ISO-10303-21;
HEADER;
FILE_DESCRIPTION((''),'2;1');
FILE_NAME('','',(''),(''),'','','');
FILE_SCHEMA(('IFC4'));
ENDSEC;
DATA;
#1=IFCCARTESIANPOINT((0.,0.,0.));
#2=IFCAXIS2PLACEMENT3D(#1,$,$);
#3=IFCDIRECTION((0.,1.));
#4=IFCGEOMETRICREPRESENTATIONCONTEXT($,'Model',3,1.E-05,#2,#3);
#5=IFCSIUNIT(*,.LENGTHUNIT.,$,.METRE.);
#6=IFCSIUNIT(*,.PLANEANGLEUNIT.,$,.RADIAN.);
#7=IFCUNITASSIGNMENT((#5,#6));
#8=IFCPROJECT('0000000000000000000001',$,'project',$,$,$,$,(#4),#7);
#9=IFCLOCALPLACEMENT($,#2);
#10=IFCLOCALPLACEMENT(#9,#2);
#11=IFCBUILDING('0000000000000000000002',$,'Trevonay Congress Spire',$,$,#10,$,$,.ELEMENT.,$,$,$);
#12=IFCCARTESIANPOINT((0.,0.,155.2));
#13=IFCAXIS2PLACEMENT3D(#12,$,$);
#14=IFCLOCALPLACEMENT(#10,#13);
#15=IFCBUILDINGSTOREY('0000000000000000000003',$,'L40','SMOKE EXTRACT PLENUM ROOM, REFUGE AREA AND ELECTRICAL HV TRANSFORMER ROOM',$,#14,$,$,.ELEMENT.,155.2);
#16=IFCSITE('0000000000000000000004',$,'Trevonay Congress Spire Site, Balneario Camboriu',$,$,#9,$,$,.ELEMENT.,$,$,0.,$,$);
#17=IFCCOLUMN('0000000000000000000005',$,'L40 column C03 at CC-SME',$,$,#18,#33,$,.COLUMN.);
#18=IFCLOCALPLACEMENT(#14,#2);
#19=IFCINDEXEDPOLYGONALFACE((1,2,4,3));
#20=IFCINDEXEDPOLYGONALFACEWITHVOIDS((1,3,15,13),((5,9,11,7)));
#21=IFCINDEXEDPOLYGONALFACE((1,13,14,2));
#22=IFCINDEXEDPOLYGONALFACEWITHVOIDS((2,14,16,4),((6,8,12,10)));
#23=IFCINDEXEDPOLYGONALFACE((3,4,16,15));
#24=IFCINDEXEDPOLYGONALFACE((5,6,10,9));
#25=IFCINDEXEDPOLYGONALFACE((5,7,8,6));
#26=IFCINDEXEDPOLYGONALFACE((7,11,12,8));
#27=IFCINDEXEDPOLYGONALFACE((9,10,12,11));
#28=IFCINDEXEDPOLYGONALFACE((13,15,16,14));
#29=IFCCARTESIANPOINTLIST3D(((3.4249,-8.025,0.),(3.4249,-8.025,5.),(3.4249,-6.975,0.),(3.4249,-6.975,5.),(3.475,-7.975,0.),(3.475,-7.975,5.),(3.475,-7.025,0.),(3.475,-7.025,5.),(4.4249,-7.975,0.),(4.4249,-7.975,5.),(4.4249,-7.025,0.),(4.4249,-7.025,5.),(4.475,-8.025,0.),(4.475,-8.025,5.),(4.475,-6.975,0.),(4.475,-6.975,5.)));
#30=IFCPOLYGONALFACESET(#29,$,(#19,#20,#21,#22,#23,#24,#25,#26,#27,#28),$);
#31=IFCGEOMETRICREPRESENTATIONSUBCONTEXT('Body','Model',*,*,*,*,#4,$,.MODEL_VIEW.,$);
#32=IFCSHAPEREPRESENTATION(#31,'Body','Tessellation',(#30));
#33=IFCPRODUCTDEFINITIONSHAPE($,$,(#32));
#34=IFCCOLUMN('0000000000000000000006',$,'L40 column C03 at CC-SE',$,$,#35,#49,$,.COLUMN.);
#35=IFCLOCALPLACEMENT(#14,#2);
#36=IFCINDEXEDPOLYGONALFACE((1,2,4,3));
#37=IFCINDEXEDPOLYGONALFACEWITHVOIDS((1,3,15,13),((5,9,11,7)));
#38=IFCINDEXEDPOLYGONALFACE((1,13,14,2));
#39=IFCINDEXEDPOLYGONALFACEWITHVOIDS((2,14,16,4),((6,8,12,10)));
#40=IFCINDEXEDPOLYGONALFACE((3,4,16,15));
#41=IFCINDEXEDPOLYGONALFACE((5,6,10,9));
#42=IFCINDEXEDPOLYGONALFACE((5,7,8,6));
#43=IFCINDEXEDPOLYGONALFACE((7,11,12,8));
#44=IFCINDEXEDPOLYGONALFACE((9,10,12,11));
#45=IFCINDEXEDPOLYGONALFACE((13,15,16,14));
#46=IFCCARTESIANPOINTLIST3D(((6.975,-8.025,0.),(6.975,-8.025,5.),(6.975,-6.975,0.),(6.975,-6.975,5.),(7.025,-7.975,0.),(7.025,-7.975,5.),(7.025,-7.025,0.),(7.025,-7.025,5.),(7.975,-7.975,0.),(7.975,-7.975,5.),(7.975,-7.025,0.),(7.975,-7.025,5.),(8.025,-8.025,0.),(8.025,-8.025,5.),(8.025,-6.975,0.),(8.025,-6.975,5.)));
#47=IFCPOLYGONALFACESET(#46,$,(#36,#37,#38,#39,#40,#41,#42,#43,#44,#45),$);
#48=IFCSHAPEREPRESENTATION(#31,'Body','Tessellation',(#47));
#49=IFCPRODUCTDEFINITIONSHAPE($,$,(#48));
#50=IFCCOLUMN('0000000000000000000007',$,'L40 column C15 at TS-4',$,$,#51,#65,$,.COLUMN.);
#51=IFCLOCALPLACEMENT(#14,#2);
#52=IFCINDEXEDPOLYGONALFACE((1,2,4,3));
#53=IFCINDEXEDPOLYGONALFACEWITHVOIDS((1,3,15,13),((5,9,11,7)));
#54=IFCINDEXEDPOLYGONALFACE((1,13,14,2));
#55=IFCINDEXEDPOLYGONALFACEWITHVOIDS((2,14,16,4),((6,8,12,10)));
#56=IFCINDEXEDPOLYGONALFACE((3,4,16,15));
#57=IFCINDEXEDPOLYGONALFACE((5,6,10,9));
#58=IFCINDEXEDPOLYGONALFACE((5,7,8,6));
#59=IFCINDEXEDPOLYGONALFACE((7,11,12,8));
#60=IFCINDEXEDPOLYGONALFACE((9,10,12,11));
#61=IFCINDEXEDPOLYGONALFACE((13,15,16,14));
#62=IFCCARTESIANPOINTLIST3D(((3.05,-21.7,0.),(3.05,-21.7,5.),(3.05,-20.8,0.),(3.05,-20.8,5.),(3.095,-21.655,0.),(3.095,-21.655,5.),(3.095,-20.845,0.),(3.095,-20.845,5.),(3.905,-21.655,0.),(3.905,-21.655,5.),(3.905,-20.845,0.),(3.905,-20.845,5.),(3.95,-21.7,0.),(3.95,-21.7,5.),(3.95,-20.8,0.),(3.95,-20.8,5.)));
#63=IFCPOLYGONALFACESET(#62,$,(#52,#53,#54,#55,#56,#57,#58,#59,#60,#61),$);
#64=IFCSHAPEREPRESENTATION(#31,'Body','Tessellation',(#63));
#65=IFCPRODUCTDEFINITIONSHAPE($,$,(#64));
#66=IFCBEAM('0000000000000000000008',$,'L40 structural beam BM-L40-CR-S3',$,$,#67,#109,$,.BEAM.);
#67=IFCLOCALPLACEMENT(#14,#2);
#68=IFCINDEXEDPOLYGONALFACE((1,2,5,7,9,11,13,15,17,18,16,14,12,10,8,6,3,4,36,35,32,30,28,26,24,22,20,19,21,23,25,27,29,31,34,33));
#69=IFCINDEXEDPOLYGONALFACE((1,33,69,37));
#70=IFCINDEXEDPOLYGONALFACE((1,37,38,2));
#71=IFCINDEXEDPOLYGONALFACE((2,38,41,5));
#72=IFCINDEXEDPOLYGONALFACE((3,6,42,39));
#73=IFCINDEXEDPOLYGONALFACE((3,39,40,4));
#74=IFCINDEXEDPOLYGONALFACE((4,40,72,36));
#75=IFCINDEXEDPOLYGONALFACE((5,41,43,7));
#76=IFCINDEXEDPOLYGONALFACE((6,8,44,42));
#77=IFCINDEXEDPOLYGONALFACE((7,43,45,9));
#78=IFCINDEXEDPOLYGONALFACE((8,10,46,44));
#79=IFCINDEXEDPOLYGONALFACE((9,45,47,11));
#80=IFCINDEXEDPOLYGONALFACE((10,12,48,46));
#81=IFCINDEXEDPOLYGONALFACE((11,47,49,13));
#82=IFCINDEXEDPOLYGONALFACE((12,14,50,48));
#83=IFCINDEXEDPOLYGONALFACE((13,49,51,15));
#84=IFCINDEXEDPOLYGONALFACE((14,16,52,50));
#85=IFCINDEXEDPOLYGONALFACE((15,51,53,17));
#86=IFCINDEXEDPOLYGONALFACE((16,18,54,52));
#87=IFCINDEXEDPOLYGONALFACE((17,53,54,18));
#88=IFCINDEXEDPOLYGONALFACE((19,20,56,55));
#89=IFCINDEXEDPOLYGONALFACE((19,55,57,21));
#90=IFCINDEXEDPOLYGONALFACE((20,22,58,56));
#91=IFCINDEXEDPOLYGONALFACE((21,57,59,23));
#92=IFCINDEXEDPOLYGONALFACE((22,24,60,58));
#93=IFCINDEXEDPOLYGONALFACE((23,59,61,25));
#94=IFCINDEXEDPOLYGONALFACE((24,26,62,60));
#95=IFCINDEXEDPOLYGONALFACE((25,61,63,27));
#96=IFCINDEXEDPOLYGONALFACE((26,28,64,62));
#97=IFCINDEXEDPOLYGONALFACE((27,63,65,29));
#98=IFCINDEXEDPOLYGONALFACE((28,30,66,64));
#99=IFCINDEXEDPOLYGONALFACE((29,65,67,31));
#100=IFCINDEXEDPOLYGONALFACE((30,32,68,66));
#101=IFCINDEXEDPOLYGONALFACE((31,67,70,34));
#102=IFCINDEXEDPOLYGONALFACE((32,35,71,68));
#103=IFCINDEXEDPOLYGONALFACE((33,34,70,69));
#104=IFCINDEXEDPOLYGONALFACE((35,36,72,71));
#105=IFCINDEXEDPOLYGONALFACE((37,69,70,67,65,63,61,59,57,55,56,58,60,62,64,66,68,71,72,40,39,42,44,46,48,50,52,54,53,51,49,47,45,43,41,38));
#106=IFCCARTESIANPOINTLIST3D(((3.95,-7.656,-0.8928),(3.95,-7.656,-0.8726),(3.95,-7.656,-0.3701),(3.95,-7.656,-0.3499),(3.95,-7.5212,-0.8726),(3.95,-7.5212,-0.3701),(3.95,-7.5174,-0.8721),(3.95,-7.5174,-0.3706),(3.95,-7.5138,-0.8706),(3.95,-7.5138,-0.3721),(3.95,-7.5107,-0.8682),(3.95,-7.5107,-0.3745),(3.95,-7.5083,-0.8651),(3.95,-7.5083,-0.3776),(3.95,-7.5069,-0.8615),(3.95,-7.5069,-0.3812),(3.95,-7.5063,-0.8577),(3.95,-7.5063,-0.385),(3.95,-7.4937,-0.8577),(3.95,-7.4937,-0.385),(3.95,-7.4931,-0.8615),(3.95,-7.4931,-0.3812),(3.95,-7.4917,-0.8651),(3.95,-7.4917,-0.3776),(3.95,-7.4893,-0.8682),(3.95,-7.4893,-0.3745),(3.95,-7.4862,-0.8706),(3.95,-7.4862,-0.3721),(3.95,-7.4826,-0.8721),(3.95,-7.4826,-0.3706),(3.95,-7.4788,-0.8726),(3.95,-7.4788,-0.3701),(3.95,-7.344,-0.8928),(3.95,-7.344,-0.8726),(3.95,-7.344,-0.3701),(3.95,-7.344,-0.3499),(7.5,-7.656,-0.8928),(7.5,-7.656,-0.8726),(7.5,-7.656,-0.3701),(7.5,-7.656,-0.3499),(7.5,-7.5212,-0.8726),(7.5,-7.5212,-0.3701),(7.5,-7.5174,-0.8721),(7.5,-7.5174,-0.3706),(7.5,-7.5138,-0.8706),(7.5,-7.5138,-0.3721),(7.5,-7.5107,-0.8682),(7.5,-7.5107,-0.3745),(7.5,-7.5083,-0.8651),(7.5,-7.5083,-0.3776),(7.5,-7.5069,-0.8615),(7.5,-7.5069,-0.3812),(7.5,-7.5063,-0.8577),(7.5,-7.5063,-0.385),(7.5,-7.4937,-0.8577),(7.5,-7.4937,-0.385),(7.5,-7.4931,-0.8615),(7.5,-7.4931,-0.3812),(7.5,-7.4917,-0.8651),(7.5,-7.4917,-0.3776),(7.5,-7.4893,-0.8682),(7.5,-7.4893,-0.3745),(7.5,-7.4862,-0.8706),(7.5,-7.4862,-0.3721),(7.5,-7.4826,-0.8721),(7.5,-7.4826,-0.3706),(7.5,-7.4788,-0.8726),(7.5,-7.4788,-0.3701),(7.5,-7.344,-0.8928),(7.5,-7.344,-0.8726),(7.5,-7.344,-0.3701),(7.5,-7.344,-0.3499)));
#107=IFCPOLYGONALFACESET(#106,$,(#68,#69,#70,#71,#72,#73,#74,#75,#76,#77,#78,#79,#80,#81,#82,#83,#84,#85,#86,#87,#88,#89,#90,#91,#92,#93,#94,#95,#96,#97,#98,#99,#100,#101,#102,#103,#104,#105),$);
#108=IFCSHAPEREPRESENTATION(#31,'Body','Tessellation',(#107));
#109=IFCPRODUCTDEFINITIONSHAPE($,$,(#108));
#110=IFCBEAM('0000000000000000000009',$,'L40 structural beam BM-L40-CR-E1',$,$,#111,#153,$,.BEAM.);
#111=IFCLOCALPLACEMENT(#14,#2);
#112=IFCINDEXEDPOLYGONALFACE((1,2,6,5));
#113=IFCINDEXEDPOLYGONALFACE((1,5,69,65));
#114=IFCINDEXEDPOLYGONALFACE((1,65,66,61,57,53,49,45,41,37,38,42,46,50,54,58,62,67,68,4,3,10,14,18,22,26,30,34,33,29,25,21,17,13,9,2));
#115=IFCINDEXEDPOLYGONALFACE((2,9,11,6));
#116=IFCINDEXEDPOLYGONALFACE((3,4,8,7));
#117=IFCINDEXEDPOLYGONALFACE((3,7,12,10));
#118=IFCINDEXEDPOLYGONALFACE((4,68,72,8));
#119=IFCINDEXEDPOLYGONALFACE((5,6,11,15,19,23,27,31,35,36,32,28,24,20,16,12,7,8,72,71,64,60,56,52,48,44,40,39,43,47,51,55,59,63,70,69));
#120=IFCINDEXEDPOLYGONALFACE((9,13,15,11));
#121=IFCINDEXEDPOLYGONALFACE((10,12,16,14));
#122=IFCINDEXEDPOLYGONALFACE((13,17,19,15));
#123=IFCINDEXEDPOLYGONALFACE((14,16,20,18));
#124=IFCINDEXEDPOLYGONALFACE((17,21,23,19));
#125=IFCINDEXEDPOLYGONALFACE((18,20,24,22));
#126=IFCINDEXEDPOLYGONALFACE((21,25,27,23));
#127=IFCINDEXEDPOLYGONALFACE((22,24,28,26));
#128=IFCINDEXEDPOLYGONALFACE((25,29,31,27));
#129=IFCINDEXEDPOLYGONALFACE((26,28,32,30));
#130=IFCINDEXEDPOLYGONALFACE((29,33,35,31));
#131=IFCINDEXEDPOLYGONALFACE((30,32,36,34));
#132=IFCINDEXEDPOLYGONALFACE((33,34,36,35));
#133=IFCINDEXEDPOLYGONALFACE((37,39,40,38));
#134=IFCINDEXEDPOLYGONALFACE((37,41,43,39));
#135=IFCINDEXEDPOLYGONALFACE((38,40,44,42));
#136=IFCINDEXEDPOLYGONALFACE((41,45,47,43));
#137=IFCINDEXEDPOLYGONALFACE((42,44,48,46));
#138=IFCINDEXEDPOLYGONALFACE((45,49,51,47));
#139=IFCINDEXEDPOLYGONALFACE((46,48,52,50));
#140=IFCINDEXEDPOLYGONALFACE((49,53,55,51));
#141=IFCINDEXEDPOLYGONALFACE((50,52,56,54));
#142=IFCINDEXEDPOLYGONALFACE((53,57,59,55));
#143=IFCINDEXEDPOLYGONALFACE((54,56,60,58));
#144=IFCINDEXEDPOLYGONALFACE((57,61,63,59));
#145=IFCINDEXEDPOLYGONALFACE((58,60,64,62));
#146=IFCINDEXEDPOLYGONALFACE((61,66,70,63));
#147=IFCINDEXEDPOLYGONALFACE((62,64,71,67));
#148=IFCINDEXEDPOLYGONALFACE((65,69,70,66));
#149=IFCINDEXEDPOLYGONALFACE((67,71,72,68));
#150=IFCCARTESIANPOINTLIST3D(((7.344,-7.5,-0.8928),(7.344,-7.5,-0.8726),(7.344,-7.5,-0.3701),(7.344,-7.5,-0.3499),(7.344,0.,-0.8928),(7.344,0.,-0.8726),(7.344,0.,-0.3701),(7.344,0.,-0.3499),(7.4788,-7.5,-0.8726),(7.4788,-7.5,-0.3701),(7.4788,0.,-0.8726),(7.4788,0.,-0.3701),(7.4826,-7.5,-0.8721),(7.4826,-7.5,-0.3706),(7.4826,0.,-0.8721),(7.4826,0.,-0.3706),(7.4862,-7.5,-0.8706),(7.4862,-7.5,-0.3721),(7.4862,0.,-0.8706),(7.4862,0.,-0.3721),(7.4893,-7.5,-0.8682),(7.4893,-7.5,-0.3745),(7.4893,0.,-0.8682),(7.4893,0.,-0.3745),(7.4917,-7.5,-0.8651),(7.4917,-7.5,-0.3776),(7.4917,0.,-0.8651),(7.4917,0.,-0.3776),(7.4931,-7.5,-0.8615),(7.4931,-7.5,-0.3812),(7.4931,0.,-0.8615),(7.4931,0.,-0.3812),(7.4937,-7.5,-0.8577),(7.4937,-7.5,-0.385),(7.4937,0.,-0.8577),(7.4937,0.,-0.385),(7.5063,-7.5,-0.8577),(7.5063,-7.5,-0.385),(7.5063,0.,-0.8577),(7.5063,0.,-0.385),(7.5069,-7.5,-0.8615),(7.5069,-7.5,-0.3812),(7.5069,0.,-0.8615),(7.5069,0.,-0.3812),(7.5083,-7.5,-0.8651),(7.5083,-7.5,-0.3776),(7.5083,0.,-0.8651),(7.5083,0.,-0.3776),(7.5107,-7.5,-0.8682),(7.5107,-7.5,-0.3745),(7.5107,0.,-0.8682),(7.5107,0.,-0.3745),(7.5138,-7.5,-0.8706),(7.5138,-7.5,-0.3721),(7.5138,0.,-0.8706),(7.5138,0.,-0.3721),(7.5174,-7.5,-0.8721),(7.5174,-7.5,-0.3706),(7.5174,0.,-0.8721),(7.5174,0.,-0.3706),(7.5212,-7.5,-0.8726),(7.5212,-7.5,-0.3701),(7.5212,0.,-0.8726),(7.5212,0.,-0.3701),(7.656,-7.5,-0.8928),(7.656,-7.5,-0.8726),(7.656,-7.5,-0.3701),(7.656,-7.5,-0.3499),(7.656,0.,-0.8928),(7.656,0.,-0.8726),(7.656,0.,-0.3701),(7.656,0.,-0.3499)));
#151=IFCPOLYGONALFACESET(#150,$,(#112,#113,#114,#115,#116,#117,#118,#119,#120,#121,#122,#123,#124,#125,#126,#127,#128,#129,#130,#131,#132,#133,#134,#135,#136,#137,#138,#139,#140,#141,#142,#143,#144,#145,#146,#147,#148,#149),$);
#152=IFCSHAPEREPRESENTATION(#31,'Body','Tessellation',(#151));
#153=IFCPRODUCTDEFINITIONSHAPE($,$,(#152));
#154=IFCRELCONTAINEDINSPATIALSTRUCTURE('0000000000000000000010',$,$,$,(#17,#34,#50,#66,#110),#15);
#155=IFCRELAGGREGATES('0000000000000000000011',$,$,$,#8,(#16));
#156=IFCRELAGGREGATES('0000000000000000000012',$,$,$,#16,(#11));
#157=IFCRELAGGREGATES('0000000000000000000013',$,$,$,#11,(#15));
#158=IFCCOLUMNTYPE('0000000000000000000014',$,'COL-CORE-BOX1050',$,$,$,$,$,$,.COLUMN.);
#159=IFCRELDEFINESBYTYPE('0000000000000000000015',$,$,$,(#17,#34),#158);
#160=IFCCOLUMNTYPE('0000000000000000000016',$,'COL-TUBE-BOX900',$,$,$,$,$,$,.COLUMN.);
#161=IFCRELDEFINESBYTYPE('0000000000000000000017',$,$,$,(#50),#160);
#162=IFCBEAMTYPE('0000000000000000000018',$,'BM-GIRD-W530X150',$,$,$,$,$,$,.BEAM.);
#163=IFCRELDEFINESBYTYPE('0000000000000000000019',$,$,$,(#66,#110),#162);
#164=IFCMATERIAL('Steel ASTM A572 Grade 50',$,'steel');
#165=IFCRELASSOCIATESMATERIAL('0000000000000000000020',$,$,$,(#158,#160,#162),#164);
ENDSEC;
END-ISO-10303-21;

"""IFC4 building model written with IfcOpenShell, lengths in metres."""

from ifc_helpers import new_model, si_unit, direction, frame, origin, origin_2d, place, context, subcontext, project, spatial, hollow_rectangle, i_section, extrude, material, material_profile, profile_set, type_object, element, save


model = new_model("IFC4")

# Units and contexts
model_context = context("Model", 3, precision=1e-05, world=origin(), true_north=direction((0.0, 1.0)))
body_context = subcontext(model_context, "Body", "Model", "MODEL_VIEW")
ifc_project = project(units=[si_unit("LENGTHUNIT", "METRE"), si_unit("PLANEANGLEUNIT", "RADIAN")], contexts=[model_context])

# Site, building, storey
site_placement = place(None, origin())
site = spatial("IfcSite", under=ifc_project, at=site_placement, Name="Trevonay Congress Spire Site, Balneario Camboriu", CompositionType="ELEMENT", RefElevation=0.0)
building_placement = place(site_placement, origin())
building = spatial("IfcBuilding", under=site, at=building_placement, Name="Trevonay Congress Spire", CompositionType="ELEMENT")
storey_placement = place(building_placement, frame((0.0, 0.0, 155.2)))
storey = spatial("IfcBuildingStorey", under=building, at=storey_placement, Name="L40", Description="SMOKE EXTRACT PLENUM ROOM, REFUGE AREA AND ELECTRICAL HV TRANSFORMER ROOM", CompositionType="ELEMENT", Elevation=155.2)

# Columns
ifc_material_1 = material(Name="Steel ASTM A572 Grade 50", Category="steel")
ifc_material_profile_1 = material_profile(ifc_material_1, hollow_rectangle(XDim=1.05, YDim=1.05, WallThickness=0.05, at=origin_2d()), Name="BOX 1050x1050x50")
ifc_profile_set_1 = profile_set([ifc_material_profile_1], Name="Steel ASTM A572 Grade 50")
column_type_1 = type_object("IfcColumnType", Name="COL-CORE-BOX1050", PredefinedType="COLUMN", material=ifc_profile_set_1)
for number, where, z_axis, x_axis, name in (
    (1, (3.95, -7.5, 0.0), (0.0, 0.0, 1.0), (1.0, 0.0, 0.0), "L40 column C03 at CC-SME"),
    (2, (7.5, -7.5, 0.0), (0.0, 0.0, 1.0), (1.0, 0.0, 0.0), "L40 column C03 at CC-SE"),
):
    element("IfcColumn", number, at=place(storey_placement, frame(where, z_axis=z_axis, x_axis=x_axis)), inside=storey, type_object=column_type_1, Name=name, PredefinedType="COLUMN", context=body_context, shape_type="SweptSolid", body=[
        extrude(hollow_rectangle(XDim=1.05, YDim=1.05, WallThickness=0.05, at=origin_2d()), origin(), (0.0, 0.0, 1.0), 5.0),
    ])
ifc_material_profile_2 = material_profile(ifc_material_1, hollow_rectangle(XDim=0.8999, YDim=0.8999, WallThickness=0.0449, at=origin_2d()), Name="BOX 900x900x45")
ifc_profile_set_2 = profile_set([ifc_material_profile_2], Name="Steel ASTM A572 Grade 50")
column_type_2 = type_object("IfcColumnType", Name="COL-TUBE-BOX900", PredefinedType="COLUMN", material=ifc_profile_set_2)
column_placement = place(storey_placement, frame((3.5, -21.25, 0.0), z_axis=(0.0, 0.0, 1.0), x_axis=(1.0, 0.0, 0.0)))
element("IfcColumn", 3, at=column_placement, inside=storey, type_object=column_type_2, Name="L40 column C15 at TS-4", PredefinedType="COLUMN", context=body_context, shape_type="SweptSolid", body=[
    extrude(hollow_rectangle(XDim=0.8999, YDim=0.8999, WallThickness=0.0449, at=origin_2d()), origin(), (0.0, 0.0, 1.0), 5.0),
])

# Beams
ifc_material_profile_3 = material_profile(ifc_material_1, i_section(OverallWidth=0.312, OverallDepth=0.543, WebThickness=0.0127, FlangeThickness=0.0203, FilletRadius=0.0149, at=origin_2d()), Name="W530x150")
ifc_profile_set_3 = profile_set([ifc_material_profile_3], Name="Steel ASTM A572 Grade 50")
beam_type_1 = type_object("IfcBeamType", Name="BM-GIRD-W530X150", PredefinedType="BEAM", material=ifc_profile_set_3)
beam_1_placement = place(storey_placement, frame((3.95, -7.5, -0.6213), z_axis=(1.0, 0.0, 0.0), x_axis=(0.0, 1.0, 0.0)))
element("IfcBeam", 4, at=beam_1_placement, inside=storey, type_object=beam_type_1, Name="L40 structural beam BM-L40-CR-S3", PredefinedType="BEAM", context=body_context, shape_type="SweptSolid", body=[
    extrude(i_section(OverallWidth=0.312, OverallDepth=0.543, WebThickness=0.0127, FlangeThickness=0.0203, FilletRadius=0.0149, at=origin_2d()), origin(), (0.0, 0.0, 1.0), 3.55),
])
beam_2_placement = place(storey_placement, frame((7.5, -7.5, -0.6213), z_axis=(0.0, 1.0, 0.0), x_axis=(-1.0, 0.0, 0.0)))
element("IfcBeam", 5, at=beam_2_placement, inside=storey, type_object=beam_type_1, Name="L40 structural beam BM-L40-CR-E1", PredefinedType="BEAM", context=body_context, shape_type="SweptSolid", body=[
    extrude(i_section(OverallWidth=0.312, OverallDepth=0.543, WebThickness=0.0127, FlangeThickness=0.0203, FilletRadius=0.0149, at=origin_2d()), origin(), (0.0, 0.0, 1.0), 7.5),
])

save(model, "model.ifc")
